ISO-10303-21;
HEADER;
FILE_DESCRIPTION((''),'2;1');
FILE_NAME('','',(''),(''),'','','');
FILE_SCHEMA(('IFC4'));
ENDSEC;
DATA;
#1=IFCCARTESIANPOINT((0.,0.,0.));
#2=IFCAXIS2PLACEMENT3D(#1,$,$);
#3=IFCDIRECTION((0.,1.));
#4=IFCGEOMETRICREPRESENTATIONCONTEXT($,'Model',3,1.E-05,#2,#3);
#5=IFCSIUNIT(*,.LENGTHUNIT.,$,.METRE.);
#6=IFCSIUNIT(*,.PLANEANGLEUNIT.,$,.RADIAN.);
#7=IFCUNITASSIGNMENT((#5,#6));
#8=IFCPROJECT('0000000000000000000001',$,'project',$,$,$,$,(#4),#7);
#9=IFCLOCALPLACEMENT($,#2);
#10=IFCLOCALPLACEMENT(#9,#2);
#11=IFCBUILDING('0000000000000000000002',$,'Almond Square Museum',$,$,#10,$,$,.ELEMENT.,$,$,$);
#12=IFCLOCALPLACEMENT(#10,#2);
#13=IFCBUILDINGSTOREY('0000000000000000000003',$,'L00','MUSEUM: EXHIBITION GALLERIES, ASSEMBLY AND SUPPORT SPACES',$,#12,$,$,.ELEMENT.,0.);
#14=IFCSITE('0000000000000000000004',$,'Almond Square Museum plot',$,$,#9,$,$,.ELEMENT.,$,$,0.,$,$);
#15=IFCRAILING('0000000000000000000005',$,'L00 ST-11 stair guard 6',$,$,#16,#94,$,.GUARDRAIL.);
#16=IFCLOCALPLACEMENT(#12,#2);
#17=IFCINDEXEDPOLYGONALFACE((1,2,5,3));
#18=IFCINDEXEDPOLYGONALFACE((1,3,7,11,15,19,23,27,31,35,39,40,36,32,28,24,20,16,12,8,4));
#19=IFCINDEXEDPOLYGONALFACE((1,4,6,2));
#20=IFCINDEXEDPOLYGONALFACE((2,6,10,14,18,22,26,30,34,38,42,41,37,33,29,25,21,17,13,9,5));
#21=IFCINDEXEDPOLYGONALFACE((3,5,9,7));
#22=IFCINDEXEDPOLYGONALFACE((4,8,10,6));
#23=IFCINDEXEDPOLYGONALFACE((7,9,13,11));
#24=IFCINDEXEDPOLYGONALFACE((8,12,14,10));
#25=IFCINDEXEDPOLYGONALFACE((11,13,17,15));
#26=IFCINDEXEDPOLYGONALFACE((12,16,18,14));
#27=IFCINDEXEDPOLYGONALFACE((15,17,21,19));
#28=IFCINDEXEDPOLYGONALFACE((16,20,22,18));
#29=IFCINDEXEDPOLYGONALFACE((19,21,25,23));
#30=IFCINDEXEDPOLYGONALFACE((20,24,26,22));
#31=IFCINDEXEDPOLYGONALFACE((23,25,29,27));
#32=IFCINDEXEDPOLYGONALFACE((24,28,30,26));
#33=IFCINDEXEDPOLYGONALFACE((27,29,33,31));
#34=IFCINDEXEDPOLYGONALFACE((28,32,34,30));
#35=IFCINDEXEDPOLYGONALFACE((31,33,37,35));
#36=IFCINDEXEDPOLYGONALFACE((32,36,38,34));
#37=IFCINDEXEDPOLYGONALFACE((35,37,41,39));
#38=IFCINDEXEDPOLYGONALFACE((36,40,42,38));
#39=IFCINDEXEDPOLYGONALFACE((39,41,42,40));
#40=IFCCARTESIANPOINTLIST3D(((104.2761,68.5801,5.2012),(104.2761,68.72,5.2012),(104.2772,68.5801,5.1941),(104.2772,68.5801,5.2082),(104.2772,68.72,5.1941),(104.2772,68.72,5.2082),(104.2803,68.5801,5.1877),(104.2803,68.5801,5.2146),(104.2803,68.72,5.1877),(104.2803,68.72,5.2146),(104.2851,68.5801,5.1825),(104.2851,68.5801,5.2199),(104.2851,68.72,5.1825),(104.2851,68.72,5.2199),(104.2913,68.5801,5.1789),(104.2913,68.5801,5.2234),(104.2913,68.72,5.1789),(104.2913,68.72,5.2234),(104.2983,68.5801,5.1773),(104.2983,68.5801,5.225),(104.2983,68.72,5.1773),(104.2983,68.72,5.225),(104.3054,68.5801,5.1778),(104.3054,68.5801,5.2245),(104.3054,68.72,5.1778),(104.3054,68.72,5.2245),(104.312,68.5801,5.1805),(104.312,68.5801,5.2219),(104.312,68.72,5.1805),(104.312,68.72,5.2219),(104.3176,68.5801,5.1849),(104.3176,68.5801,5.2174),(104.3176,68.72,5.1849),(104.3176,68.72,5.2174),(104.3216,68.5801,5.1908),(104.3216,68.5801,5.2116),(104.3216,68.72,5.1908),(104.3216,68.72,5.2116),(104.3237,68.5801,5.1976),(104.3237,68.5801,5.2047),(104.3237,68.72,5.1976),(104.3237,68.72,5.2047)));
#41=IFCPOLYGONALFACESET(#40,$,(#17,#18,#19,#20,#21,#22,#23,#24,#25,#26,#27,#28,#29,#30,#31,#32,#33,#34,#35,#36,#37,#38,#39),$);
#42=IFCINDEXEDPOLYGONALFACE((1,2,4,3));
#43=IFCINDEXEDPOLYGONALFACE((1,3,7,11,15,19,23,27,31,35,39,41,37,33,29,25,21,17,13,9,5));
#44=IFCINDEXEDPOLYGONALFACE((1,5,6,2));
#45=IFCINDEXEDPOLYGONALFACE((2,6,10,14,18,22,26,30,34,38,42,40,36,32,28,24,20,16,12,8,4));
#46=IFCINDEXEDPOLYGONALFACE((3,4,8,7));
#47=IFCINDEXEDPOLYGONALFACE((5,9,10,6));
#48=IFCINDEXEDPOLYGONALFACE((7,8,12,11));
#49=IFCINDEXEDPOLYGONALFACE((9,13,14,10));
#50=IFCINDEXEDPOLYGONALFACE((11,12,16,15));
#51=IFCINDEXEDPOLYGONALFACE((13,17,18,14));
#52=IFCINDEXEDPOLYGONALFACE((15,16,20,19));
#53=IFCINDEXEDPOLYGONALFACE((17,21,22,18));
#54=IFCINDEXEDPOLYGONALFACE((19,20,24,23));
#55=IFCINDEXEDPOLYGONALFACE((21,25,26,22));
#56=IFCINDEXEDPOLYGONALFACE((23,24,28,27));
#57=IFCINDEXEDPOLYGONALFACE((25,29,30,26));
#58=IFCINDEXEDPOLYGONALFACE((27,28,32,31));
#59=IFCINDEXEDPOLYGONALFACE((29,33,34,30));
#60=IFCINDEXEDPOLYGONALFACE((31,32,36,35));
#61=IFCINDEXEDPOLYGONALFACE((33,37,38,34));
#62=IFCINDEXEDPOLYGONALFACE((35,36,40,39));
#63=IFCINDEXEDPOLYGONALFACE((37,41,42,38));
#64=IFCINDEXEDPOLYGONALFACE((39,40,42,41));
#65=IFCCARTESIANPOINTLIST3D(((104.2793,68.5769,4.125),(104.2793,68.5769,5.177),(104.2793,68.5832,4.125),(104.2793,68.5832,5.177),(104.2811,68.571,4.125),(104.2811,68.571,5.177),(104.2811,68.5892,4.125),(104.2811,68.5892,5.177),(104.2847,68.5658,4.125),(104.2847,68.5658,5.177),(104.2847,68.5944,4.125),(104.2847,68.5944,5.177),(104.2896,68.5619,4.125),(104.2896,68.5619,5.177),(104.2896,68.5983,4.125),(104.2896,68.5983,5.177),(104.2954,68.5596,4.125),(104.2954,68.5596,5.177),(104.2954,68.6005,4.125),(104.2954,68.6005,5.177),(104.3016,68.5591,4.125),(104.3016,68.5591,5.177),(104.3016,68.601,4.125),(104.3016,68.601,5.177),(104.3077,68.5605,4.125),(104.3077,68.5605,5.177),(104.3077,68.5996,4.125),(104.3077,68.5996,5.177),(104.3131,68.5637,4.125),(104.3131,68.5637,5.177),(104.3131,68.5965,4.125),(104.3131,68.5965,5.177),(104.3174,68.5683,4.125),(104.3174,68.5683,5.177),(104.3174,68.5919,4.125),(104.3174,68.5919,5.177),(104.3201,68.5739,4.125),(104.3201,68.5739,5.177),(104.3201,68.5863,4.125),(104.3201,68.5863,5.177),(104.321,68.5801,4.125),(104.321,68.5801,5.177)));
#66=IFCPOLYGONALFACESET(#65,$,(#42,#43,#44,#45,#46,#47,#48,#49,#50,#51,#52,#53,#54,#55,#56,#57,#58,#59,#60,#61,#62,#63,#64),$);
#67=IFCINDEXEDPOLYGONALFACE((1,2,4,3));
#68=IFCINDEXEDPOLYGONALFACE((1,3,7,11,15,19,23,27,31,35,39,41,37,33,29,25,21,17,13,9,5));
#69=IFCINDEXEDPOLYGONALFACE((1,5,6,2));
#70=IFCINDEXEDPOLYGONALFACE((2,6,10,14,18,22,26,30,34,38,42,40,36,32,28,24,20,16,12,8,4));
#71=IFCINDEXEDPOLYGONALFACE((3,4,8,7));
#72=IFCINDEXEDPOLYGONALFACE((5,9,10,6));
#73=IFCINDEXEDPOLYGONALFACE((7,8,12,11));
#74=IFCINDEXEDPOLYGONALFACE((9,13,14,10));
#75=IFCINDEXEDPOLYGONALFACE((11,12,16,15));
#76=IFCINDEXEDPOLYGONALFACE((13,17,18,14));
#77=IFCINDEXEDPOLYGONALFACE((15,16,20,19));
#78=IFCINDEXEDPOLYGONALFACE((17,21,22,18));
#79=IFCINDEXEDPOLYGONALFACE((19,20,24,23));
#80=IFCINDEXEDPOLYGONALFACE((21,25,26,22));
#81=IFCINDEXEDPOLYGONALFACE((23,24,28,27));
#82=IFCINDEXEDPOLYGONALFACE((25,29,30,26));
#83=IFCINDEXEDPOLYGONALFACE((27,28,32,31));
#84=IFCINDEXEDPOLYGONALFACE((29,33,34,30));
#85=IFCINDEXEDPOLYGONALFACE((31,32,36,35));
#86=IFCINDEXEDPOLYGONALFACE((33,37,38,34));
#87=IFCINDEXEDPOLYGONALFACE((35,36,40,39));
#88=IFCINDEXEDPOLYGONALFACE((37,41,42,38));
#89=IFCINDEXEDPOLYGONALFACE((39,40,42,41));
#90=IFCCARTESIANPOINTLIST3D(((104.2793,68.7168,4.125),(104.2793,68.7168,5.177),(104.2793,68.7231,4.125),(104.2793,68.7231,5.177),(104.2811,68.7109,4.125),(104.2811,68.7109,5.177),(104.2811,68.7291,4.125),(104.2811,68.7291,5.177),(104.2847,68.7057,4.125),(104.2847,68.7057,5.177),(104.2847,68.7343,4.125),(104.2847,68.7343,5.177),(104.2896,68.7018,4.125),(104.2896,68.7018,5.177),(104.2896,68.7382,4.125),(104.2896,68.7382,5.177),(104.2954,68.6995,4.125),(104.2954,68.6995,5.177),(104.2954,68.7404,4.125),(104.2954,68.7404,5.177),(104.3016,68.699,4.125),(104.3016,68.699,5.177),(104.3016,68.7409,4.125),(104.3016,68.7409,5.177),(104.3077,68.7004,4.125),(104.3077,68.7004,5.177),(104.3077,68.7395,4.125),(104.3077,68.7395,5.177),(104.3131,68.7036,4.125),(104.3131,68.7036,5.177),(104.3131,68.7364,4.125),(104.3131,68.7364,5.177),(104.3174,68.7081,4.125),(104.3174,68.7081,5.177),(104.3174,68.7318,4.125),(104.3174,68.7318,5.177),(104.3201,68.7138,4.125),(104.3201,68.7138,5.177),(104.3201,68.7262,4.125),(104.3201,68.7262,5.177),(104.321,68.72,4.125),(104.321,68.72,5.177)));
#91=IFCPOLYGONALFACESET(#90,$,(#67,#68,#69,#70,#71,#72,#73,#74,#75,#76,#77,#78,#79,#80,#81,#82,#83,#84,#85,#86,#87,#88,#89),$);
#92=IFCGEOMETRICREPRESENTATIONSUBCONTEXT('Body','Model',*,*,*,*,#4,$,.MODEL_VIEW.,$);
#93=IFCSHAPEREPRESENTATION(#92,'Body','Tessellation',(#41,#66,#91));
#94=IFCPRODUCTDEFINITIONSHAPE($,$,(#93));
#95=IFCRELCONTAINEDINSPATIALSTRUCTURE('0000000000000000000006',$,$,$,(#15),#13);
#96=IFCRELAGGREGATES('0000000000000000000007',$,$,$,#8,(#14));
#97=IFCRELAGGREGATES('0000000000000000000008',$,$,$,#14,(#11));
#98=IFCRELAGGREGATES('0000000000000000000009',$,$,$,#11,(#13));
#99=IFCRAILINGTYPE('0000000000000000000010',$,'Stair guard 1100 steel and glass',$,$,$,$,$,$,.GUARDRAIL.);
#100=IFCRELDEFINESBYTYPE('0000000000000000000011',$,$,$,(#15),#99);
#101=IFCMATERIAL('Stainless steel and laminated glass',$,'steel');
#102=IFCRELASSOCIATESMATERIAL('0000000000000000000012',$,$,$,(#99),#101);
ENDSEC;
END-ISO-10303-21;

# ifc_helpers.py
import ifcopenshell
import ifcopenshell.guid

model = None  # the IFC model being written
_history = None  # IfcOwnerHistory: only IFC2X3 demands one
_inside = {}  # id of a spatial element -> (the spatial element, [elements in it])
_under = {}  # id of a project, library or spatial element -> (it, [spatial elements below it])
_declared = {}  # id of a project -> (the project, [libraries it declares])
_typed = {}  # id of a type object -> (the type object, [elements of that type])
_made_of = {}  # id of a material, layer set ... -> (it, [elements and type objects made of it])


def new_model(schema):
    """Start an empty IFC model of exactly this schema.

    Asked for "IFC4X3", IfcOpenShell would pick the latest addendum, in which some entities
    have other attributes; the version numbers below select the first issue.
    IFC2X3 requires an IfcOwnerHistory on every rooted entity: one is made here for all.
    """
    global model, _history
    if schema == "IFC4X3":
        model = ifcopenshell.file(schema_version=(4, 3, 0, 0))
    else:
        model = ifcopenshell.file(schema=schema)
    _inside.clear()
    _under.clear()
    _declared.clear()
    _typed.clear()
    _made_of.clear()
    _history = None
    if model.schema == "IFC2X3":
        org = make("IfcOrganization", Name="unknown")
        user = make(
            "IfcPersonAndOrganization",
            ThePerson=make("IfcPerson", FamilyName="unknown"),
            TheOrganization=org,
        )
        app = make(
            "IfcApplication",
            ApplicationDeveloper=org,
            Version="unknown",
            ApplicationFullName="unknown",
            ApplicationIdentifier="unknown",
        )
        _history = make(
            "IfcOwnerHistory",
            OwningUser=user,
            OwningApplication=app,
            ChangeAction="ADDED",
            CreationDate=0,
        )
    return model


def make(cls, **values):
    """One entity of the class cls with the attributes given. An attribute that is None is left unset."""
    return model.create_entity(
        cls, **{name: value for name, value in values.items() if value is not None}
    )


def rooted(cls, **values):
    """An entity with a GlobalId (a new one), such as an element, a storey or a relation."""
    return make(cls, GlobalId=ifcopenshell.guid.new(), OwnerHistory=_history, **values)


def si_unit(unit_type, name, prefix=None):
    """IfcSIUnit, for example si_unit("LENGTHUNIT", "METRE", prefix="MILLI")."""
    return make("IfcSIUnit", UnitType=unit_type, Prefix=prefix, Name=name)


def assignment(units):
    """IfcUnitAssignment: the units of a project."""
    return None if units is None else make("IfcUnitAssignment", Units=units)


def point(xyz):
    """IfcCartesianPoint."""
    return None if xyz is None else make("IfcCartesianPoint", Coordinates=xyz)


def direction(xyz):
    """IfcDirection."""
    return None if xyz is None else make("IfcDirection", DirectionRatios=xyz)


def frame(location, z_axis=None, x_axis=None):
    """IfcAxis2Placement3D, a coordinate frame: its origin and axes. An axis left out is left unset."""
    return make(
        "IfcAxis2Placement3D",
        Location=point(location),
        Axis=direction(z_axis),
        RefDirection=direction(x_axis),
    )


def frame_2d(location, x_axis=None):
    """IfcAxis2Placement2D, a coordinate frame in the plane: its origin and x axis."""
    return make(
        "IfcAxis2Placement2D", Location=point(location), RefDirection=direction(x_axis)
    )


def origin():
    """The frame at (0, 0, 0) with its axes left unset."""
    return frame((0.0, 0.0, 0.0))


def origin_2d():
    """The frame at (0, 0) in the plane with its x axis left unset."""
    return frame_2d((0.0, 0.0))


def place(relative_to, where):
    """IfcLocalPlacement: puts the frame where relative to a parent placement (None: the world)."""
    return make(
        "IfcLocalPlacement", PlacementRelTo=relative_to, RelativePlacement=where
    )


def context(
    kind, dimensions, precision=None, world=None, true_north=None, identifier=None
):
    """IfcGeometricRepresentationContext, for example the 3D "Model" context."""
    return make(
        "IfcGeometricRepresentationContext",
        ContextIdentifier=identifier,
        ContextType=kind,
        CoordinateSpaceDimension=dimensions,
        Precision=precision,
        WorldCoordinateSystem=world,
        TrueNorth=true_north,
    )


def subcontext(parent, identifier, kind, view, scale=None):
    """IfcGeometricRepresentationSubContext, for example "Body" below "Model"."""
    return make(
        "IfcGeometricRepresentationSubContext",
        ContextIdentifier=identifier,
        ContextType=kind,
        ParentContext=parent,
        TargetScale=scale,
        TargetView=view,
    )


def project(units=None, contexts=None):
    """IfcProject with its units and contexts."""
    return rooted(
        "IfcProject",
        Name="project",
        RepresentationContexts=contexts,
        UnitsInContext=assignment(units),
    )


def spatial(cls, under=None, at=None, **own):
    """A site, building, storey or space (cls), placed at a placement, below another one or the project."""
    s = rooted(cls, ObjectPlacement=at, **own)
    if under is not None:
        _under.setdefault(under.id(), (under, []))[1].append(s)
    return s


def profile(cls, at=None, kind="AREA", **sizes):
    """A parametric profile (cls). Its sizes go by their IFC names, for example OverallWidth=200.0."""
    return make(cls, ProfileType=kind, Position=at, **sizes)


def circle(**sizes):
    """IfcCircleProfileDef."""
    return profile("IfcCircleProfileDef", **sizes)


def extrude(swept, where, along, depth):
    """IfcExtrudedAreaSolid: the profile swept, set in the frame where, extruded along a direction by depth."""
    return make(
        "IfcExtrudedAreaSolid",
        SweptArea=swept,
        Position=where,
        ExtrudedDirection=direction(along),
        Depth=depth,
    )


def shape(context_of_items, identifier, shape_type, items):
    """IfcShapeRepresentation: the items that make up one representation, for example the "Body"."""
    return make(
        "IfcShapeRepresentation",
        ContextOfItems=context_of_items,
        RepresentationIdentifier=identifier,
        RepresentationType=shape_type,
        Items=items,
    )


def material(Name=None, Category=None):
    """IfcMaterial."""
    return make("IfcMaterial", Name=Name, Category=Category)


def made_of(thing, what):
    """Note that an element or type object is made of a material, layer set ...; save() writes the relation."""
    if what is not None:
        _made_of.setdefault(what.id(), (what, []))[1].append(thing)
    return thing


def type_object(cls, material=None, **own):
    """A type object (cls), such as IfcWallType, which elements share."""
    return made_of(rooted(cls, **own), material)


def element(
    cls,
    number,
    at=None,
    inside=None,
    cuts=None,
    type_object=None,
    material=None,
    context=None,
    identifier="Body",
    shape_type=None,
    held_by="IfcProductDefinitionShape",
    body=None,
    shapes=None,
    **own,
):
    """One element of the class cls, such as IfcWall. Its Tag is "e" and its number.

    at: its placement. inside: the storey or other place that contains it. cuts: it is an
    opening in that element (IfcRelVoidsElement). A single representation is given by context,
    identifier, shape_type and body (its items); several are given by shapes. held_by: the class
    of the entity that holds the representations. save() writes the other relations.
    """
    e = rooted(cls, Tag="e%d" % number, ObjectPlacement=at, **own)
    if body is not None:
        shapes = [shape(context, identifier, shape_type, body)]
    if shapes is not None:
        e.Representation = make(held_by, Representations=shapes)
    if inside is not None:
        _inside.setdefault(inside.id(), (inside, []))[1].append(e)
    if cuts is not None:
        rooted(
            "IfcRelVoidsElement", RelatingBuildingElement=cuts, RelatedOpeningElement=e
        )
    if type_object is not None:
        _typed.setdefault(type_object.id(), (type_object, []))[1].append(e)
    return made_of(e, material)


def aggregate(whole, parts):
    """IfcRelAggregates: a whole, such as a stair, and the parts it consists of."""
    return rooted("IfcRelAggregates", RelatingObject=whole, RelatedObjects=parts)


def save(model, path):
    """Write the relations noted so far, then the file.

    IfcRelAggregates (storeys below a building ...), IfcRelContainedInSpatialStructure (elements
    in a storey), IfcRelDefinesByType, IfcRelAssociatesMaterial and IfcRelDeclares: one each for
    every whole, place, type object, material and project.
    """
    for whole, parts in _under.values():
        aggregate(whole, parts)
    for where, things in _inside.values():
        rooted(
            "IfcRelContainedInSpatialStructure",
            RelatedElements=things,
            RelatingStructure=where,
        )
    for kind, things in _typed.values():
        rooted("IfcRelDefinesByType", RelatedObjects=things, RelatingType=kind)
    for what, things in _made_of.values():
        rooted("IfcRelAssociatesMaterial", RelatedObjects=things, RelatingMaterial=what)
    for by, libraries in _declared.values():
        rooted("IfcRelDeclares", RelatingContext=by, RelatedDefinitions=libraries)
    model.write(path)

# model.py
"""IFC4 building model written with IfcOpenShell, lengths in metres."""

from ifc_helpers import new_model, si_unit, direction, frame, origin, origin_2d, place, context, subcontext, project, spatial, circle, extrude, material, type_object, element, save


model = new_model("IFC4")

# Units and contexts
model_context = context("Model", 3, precision=1e-05, world=origin(), true_north=direction((0.0, 1.0)))
body_context = subcontext(model_context, "Body", "Model", "MODEL_VIEW")
ifc_project = project(units=[si_unit("LENGTHUNIT", "METRE"), si_unit("PLANEANGLEUNIT", "RADIAN")], contexts=[model_context])

# Site, building, storey
site_placement = place(None, origin())
site = spatial("IfcSite", under=ifc_project, at=site_placement, Name="Almond Square Museum plot", CompositionType="ELEMENT", RefElevation=0.0)
building_placement = place(site_placement, origin())
building = spatial("IfcBuilding", under=site, at=building_placement, Name="Almond Square Museum", CompositionType="ELEMENT")
storey_placement = place(building_placement, origin())
storey = spatial("IfcBuildingStorey", under=building, at=storey_placement, Name="L00", Description="MUSEUM: EXHIBITION GALLERIES, ASSEMBLY AND SUPPORT SPACES", CompositionType="ELEMENT", Elevation=0.0)

# Railing
ifc_material_1 = material(Name="Stainless steel and laminated glass", Category="steel")
railing_type_1 = type_object("IfcRailingType", Name="Stair guard 1100 steel and glass", PredefinedType="GUARDRAIL", material=ifc_material_1)
railing_1_placement = place(storey_placement, frame((104.3, 68.5801, 4.125)))
element("IfcRailing", 1, at=railing_1_placement, inside=storey, type_object=railing_type_1, Name="L00 ST-11 stair guard 6", PredefinedType="GUARDRAIL", context=body_context, shape_type="SweptSolid", body=[
    extrude(circle(Radius=0.0239, at=origin_2d()), frame((0.0, 0.0, 1.0762), z_axis=(0.0, 1.0, 0.0), x_axis=(-1.0, 0.0, 0.0)), (0.0, 0.0, 1.0), 0.1399),
    extrude(circle(Radius=0.021, at=origin_2d()), origin(), (0.0, 0.0, 1.0), 1.052),
    extrude(circle(Radius=0.021, at=origin_2d()), frame((0.0, 0.1399, 0.0)), (0.0, 0.0, 1.0), 1.052),
])

save(model, "model.ifc")
